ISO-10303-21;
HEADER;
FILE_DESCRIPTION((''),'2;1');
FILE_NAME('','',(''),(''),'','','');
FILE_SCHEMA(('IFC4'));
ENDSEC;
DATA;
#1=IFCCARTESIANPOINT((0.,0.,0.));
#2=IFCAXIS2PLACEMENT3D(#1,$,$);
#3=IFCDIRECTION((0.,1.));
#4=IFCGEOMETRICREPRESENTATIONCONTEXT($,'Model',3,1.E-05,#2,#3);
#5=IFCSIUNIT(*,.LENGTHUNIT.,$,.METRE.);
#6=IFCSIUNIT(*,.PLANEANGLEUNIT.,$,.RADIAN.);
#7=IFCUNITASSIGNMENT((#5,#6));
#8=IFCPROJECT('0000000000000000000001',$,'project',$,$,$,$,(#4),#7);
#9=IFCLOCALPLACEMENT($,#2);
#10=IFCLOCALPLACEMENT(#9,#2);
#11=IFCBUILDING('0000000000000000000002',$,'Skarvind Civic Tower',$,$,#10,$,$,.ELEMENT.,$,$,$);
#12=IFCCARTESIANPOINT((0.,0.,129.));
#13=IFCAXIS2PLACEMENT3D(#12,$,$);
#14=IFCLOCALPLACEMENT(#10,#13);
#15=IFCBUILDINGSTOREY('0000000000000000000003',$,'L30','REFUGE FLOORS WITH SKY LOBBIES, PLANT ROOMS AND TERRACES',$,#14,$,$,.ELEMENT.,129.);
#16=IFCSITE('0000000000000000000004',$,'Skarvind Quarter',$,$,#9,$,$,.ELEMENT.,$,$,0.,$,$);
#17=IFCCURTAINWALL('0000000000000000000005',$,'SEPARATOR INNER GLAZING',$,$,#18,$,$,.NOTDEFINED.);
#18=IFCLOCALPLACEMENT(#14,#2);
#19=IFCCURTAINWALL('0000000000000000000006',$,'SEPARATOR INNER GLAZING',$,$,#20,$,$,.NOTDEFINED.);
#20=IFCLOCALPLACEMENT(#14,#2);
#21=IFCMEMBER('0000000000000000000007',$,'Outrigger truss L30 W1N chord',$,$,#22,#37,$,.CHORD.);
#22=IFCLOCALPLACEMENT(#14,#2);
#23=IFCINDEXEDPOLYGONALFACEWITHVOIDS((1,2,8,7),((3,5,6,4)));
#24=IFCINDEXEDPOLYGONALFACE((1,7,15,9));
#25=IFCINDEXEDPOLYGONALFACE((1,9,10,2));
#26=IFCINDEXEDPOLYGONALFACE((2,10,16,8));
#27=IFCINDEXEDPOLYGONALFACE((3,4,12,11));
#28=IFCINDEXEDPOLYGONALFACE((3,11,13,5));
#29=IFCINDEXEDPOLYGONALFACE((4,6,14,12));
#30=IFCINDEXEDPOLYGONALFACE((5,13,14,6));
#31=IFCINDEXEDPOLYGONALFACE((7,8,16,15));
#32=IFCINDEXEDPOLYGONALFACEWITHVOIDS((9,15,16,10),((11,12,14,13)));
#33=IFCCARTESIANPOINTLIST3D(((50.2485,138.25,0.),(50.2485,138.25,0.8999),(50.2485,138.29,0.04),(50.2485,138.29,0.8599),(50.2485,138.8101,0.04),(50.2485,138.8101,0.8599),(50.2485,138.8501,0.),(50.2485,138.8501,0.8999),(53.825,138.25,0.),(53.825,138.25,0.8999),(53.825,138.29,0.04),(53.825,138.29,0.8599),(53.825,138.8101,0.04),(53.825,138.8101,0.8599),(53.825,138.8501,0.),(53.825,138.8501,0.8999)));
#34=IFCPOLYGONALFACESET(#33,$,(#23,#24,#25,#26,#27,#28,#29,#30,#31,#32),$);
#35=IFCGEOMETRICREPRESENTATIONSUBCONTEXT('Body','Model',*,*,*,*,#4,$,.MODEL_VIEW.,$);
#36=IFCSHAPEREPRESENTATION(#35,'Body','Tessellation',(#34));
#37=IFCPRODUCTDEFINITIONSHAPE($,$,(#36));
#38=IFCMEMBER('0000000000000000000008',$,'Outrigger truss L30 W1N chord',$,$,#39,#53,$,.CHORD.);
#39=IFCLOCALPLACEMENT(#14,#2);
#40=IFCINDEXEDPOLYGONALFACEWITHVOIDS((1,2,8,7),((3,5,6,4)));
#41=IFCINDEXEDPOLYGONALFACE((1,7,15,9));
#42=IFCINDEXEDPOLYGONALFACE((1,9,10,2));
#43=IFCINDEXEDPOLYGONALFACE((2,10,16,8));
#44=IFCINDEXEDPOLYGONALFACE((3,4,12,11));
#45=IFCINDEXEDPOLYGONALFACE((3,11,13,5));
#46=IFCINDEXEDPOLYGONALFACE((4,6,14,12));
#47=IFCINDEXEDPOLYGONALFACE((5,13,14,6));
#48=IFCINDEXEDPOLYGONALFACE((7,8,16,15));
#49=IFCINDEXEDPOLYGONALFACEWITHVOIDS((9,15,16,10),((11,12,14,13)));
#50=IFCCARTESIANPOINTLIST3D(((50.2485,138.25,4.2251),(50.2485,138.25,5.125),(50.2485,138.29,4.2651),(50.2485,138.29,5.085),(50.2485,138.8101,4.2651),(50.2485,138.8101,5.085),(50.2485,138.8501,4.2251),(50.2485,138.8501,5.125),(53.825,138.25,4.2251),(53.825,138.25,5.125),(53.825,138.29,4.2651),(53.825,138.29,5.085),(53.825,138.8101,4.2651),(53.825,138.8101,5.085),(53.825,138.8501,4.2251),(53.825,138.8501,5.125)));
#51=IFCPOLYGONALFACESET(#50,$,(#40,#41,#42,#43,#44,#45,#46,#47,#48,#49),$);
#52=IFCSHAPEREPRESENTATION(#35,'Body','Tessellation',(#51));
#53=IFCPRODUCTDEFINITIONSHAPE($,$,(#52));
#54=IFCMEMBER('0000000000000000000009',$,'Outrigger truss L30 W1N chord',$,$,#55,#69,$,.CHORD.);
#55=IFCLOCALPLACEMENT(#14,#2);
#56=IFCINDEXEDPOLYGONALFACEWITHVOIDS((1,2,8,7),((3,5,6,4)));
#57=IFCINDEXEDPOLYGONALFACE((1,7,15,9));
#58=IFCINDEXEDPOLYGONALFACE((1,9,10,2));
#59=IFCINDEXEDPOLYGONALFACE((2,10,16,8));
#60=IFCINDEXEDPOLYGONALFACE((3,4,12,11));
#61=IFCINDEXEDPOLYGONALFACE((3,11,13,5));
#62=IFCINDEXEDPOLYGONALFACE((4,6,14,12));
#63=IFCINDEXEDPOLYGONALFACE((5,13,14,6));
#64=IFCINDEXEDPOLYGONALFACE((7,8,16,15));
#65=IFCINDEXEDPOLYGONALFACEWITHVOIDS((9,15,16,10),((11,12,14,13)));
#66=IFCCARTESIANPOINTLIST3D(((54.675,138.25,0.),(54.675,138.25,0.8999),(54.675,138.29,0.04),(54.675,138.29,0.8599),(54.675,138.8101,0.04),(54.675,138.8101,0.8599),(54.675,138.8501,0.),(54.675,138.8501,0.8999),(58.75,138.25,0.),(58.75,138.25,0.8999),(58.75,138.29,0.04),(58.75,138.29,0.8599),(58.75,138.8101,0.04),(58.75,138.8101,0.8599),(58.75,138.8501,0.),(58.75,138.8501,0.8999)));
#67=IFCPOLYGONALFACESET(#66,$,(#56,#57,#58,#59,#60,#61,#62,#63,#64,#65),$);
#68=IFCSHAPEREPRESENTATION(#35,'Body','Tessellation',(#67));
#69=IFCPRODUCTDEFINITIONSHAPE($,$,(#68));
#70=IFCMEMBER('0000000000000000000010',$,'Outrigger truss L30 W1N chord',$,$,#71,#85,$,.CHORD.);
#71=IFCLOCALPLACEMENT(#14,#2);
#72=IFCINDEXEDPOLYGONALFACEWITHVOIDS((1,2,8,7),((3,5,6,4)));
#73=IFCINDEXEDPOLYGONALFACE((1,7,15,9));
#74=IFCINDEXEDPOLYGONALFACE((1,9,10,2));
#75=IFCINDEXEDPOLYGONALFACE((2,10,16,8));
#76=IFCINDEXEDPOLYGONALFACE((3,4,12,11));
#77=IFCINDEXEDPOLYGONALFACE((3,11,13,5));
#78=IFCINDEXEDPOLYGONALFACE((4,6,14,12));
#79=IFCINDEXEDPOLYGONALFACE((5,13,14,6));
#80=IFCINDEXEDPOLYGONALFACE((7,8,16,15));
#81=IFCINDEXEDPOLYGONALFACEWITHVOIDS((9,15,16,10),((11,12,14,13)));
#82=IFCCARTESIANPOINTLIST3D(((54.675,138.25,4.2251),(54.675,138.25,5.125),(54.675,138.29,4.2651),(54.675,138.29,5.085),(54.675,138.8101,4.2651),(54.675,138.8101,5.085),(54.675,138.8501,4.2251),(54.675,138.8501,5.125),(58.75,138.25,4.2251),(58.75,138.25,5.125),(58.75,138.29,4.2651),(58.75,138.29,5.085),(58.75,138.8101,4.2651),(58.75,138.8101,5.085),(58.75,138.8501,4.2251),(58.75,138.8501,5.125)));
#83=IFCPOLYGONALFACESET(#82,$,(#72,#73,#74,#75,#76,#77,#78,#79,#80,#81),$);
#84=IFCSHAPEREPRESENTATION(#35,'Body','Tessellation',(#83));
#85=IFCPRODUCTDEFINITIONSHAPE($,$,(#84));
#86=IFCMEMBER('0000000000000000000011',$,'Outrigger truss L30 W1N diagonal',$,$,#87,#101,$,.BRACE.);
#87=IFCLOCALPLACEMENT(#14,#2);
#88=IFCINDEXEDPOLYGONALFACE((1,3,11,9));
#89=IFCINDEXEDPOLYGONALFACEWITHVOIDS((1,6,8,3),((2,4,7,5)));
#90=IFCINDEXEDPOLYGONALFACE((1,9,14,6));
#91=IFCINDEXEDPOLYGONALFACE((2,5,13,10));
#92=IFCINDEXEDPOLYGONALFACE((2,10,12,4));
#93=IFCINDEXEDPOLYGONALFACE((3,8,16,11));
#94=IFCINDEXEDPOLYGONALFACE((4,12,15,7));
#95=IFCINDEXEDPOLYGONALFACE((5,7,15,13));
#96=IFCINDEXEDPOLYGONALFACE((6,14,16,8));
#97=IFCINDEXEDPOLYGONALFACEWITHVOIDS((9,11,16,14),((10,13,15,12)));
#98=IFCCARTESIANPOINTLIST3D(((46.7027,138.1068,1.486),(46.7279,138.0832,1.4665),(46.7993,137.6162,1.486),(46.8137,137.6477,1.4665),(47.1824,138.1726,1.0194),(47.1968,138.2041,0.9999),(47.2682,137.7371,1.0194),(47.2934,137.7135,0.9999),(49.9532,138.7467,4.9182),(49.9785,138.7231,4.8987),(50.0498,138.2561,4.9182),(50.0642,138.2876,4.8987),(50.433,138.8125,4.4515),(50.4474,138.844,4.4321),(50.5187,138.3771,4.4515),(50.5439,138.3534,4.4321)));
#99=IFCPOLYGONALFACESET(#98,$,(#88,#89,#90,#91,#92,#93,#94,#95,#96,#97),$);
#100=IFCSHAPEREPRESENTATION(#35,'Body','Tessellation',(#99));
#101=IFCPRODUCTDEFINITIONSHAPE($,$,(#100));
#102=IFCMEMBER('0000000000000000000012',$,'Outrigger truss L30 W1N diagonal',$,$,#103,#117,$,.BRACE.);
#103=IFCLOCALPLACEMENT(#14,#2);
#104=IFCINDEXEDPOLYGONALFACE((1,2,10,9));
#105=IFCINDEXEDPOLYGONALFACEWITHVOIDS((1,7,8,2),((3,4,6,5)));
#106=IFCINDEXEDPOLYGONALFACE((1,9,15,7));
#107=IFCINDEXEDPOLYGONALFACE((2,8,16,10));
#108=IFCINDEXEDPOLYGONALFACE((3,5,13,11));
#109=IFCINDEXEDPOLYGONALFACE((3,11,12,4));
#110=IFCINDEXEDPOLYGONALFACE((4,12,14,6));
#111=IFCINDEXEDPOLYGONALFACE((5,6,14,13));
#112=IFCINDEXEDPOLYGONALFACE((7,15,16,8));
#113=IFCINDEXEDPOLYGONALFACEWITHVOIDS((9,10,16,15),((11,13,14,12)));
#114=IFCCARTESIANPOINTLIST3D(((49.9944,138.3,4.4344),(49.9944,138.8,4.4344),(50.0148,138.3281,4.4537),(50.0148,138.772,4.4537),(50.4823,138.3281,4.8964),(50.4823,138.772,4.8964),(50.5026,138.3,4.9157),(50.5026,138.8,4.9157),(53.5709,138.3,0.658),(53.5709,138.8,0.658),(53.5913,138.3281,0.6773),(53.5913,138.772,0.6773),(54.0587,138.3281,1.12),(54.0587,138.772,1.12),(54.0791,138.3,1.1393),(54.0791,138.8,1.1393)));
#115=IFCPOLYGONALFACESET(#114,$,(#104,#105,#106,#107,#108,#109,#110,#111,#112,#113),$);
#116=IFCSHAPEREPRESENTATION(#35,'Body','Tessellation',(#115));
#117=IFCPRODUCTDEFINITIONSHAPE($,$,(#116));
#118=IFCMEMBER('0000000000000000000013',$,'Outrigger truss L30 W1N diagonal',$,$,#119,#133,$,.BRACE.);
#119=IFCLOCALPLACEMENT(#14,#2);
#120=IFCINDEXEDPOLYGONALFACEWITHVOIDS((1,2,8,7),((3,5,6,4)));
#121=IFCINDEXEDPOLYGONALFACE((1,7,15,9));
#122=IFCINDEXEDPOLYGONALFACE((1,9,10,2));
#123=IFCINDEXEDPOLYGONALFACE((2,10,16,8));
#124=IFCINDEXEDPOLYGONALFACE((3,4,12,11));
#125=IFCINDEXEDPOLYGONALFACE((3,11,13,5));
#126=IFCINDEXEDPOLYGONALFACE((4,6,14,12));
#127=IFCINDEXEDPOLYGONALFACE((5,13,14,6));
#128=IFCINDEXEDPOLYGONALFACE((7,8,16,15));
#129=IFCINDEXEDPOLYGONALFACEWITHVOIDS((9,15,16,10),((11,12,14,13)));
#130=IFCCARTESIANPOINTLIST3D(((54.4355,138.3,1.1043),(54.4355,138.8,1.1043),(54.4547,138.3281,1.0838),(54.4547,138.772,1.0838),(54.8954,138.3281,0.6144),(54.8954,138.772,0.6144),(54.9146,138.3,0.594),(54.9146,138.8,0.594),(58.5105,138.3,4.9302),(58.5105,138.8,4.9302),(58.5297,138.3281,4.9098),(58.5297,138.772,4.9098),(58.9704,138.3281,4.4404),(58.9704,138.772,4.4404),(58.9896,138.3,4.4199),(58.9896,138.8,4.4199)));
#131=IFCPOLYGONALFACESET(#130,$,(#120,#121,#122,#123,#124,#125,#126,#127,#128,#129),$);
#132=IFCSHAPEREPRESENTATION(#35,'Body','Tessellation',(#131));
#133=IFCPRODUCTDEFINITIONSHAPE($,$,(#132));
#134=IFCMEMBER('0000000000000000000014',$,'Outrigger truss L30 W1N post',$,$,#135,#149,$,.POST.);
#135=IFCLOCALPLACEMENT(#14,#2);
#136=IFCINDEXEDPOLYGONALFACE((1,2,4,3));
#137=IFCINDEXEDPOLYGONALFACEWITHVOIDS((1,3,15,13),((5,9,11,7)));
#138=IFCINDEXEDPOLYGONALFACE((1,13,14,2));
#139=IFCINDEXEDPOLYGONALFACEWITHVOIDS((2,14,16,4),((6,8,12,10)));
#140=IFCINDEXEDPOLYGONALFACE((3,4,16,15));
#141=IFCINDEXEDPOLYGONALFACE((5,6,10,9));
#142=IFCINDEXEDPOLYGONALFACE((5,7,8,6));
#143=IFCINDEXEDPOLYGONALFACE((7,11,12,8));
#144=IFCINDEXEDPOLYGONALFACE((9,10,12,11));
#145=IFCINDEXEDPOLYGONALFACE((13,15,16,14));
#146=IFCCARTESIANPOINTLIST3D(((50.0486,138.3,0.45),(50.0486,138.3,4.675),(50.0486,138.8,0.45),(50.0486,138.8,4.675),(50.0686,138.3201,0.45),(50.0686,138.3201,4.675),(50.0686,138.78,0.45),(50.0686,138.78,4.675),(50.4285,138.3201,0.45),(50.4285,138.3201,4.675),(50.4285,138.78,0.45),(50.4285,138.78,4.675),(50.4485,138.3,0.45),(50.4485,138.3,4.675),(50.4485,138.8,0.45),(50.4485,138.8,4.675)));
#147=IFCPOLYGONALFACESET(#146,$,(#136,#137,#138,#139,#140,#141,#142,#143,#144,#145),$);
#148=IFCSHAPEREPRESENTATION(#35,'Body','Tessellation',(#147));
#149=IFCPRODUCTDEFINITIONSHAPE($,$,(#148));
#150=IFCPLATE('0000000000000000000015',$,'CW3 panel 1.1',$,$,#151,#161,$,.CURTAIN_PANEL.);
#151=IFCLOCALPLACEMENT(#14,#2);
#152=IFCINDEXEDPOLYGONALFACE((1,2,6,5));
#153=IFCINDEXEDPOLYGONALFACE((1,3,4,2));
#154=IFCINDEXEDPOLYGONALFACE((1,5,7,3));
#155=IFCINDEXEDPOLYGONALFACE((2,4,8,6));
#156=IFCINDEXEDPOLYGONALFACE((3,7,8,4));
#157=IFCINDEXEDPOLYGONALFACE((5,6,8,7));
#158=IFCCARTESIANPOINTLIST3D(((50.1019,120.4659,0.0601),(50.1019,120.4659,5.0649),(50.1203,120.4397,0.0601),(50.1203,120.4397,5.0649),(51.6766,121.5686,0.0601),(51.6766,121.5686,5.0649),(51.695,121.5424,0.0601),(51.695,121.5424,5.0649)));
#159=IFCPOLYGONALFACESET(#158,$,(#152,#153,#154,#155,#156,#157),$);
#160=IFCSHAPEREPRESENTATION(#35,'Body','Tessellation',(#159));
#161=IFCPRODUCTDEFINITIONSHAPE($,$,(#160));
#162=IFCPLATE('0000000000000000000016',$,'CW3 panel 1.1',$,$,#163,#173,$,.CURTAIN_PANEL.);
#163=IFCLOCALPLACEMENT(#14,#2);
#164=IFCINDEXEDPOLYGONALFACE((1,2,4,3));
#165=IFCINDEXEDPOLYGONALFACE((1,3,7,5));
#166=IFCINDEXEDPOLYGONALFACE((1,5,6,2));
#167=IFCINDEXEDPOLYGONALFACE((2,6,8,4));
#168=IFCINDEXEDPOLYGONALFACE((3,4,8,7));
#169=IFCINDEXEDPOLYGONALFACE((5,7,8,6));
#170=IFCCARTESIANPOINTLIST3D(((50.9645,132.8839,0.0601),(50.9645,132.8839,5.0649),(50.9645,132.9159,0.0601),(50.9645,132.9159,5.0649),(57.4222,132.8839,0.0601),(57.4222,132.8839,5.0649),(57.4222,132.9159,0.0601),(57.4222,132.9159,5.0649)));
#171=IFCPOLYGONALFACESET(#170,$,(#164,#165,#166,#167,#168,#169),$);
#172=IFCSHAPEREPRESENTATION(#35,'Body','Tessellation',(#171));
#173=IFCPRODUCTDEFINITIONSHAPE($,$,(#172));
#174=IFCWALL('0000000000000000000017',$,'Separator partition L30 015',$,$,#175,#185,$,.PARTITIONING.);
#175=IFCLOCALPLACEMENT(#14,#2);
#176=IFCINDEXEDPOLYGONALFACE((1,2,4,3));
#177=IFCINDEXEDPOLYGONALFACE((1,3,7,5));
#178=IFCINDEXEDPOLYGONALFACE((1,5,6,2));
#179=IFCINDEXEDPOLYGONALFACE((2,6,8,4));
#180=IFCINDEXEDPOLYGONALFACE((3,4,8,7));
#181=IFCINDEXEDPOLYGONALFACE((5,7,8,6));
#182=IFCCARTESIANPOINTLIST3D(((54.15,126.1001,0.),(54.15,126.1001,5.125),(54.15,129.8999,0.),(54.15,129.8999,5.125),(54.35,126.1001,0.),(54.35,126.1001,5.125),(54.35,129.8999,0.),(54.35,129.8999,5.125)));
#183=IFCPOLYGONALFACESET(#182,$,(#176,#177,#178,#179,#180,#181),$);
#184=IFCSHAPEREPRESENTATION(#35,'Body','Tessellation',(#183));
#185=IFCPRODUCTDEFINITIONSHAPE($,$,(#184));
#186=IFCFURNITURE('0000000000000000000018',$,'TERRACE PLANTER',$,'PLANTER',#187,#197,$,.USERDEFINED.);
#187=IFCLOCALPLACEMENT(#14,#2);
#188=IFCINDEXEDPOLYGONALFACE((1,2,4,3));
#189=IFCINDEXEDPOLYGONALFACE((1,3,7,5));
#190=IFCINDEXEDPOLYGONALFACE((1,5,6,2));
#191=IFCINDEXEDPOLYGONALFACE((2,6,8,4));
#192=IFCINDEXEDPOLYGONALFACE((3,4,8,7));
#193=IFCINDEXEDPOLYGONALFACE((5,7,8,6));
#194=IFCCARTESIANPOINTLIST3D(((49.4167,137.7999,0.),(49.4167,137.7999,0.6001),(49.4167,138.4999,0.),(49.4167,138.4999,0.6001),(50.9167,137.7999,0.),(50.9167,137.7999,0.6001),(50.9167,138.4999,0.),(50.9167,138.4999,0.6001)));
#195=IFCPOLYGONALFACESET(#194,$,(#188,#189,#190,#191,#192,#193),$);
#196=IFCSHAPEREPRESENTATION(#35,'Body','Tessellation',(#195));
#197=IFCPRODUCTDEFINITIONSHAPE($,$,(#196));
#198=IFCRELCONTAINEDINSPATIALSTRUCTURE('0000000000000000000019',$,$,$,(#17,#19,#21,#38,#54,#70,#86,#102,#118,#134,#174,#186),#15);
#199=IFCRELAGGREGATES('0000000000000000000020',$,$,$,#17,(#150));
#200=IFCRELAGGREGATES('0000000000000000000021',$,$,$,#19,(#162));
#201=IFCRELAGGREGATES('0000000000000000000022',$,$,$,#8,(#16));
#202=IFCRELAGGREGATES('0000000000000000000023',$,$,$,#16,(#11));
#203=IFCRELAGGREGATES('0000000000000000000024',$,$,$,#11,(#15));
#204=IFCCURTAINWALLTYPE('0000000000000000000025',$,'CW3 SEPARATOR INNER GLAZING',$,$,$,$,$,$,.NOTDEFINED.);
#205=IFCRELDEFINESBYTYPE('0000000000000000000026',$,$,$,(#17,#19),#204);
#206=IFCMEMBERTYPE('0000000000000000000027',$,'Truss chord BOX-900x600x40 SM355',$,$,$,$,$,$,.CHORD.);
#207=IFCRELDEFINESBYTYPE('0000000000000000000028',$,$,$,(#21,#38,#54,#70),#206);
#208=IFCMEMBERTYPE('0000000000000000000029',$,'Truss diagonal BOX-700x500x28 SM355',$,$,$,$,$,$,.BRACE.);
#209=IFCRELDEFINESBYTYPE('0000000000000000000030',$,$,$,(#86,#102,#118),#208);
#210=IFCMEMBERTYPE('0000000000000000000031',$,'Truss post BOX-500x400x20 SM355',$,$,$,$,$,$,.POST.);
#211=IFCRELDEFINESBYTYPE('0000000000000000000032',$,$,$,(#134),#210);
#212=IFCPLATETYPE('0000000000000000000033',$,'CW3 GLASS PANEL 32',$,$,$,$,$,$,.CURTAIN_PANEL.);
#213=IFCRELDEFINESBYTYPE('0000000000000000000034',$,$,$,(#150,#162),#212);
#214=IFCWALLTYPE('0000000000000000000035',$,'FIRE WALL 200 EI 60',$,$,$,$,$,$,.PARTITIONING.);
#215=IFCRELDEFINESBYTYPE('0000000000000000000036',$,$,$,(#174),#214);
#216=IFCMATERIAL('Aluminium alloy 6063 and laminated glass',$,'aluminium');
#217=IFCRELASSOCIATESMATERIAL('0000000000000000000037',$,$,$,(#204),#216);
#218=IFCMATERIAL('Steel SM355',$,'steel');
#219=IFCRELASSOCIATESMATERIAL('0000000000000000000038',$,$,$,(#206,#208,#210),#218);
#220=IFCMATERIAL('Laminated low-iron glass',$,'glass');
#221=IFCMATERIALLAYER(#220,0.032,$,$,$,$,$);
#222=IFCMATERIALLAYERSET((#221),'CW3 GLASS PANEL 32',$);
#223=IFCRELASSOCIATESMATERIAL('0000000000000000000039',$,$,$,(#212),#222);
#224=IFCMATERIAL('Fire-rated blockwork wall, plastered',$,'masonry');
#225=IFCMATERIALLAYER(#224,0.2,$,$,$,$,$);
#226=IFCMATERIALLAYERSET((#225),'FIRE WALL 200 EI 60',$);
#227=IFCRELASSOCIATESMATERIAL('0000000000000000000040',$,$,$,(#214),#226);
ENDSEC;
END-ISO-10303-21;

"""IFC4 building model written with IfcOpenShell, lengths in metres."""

from ifc_helpers import new_model, si_unit, direction, frame, frame_2d, origin, origin_2d, place, context, subcontext, project, spatial, rectangle, hollow_rectangle, extrude, material, layer, layer_set, material_profile, profile_set, type_object, element, aggregate, save


model = new_model("IFC4")

# Units and contexts
model_context = context("Model", 3, precision=1e-05, world=origin(), true_north=direction((0.0, 1.0)))
body_context = subcontext(model_context, "Body", "Model", "MODEL_VIEW")
ifc_project = project(units=[si_unit("LENGTHUNIT", "METRE"), si_unit("PLANEANGLEUNIT", "RADIAN")], contexts=[model_context])

# Site, building, storey
site_placement = place(None, origin())
site = spatial("IfcSite", under=ifc_project, at=site_placement, Name="Skarvind Quarter", CompositionType="ELEMENT", RefElevation=0.0)
building_placement = place(site_placement, origin())
building = spatial("IfcBuilding", under=site, at=building_placement, Name="Skarvind Civic Tower", CompositionType="ELEMENT")
storey_placement = place(building_placement, frame((0.0, 0.0, 129.0)))
storey = spatial("IfcBuildingStorey", under=building, at=storey_placement, Name="L30", Description="REFUGE FLOORS WITH SKY LOBBIES, PLANT ROOMS AND TERRACES", CompositionType="ELEMENT", Elevation=129.0)

# Curtain walls
ifc_material_1 = material(Name="Aluminium alloy 6063 and laminated glass", Category="aluminium")
curtain_wall_type = type_object("IfcCurtainWallType", Name="CW3 SEPARATOR INNER GLAZING", PredefinedType="NOTDEFINED", material=ifc_material_1)
curtain_wall_1_placement = place(storey_placement, origin())
curtain_wall_1 = element("IfcCurtainWall", 1, at=curtain_wall_1_placement, inside=storey, type_object=curtain_wall_type, Name="SEPARATOR INNER GLAZING", PredefinedType="NOTDEFINED")
curtain_wall_2_placement = place(storey_placement, origin())
curtain_wall_2 = element("IfcCurtainWall", 2, at=curtain_wall_2_placement, inside=storey, type_object=curtain_wall_type, Name="SEPARATOR INNER GLAZING", PredefinedType="NOTDEFINED")

# Members
ifc_material_2 = material(Name="Steel SM355", Category="steel")
ifc_material_profile_1 = material_profile(ifc_material_2, hollow_rectangle(XDim=0.6001, YDim=0.8999, WallThickness=0.04, at=origin_2d()), Name="BOX-900x600x40")
ifc_profile_set_1 = profile_set([ifc_material_profile_1], Name="Steel SM355")
member_type_1 = type_object("IfcMemberType", Name="Truss chord BOX-900x600x40 SM355", PredefinedType="CHORD", material=ifc_profile_set_1)
for number, where, z_axis, x_axis, name in (
    (3, (50.2485, 138.55, 0.45), (1.0, 0.0, 0.0), (0.0, 1.0, 0.0), "Outrigger truss L30 W1N chord"),
    (4, (50.2485, 138.55, 4.675), (1.0, 0.0, 0.0), (0.0, 1.0, 0.0), "Outrigger truss L30 W1N chord"),
):
    element("IfcMember", number, at=place(storey_placement, frame(where, z_axis=z_axis, x_axis=x_axis)), inside=storey, type_object=member_type_1, Name=name, PredefinedType="CHORD", context=body_context, shape_type="SweptSolid", body=[
        extrude(hollow_rectangle(XDim=0.6001, YDim=0.8999, WallThickness=0.04, at=origin_2d()), origin(), (0.0, 0.0, 1.0), 3.5764),
    ])
for number, where, z_axis, x_axis, name in (
    (5, (54.675, 138.55, 0.45), (1.0, 0.0, 0.0), (0.0, 1.0, 0.0), "Outrigger truss L30 W1N chord"),
    (6, (54.675, 138.55, 4.675), (1.0, 0.0, 0.0), (0.0, 1.0, 0.0), "Outrigger truss L30 W1N chord"),
):
    element("IfcMember", number, at=place(storey_placement, frame(where, z_axis=z_axis, x_axis=x_axis)), inside=storey, type_object=member_type_1, Name=name, PredefinedType="CHORD", context=body_context, shape_type="SweptSolid", body=[
        extrude(hollow_rectangle(XDim=0.6001, YDim=0.8999, WallThickness=0.04, at=origin_2d()), origin(), (0.0, 0.0, 1.0), 4.075),
    ])
ifc_material_profile_2 = material_profile(ifc_material_2, hollow_rectangle(XDim=0.5, YDim=0.7, WallThickness=0.0281, at=origin_2d()), Name="BOX-700x500x28")
ifc_profile_set_2 = profile_set([ifc_material_profile_2], Name="Steel SM355")
member_type_2 = type_object("IfcMemberType", Name="Truss diagonal BOX-700x500x28 SM355", PredefinedType="BRACE", material=ifc_profile_set_2)
member_1_placement = place(storey_placement, frame((46.998, 137.9102, 1.2429), z_axis=(0.681418, 0.134144, 0.719496), x_axis=(-0.193153, 0.981169, 0.0)))
element("IfcMember", 7, at=member_1_placement, inside=storey, type_object=member_type_2, Name="Outrigger truss L30 W1N diagonal", PredefinedType="BRACE", context=body_context, shape_type="SweptSolid", body=[
    extrude(hollow_rectangle(XDim=0.5, YDim=0.7, WallThickness=0.0281, at=origin_2d()), origin(), (0.0, 0.0, 1.0), 4.7703),
])
member_2_placement = place(storey_placement, frame((50.2485, 138.55, 4.675), z_axis=(0.687624, 0.0, -0.726067), x_axis=(0.0, 1.0, 0.0)))
element("IfcMember", 8, at=member_2_placement, inside=storey, type_object=member_type_2, Name="Outrigger truss L30 W1N diagonal", PredefinedType="BRACE", context=body_context, shape_type="SweptSolid", body=[
    extrude(hollow_rectangle(XDim=0.5, YDim=0.7, WallThickness=0.0281, at=origin_2d()), origin(), (0.0, 0.0, 1.0), 5.2012),
])
member_3_placement = place(storey_placement, frame((54.675, 138.55, 0.8491), z_axis=(0.729032, 0.0, 0.68448), x_axis=(0.0, 1.0, 0.0)))
element("IfcMember", 9, at=member_3_placement, inside=storey, type_object=member_type_2, Name="Outrigger truss L30 W1N diagonal", PredefinedType="BRACE", context=body_context, shape_type="SweptSolid", body=[
    extrude(hollow_rectangle(XDim=0.5, YDim=0.7, WallThickness=0.0281, at=origin_2d()), origin(), (0.0, 0.0, 1.0), 5.5896),
])
ifc_material_profile_3 = material_profile(ifc_material_2, hollow_rectangle(XDim=0.3999, YDim=0.5, WallThickness=0.02, at=origin_2d()), Name="BOX-500x400x20")
ifc_profile_set_3 = profile_set([ifc_material_profile_3], Name="Steel SM355")
member_type_3 = type_object("IfcMemberType", Name="Truss post BOX-500x400x20 SM355", PredefinedType="POST", material=ifc_profile_set_3)
member_4_placement = place(storey_placement, frame((50.2485, 138.55, 0.45), z_axis=(0.0, 0.0, 1.0), x_axis=(1.0, 0.0, 0.0)))
element("IfcMember", 10, at=member_4_placement, inside=storey, type_object=member_type_3, Name="Outrigger truss L30 W1N post", PredefinedType="POST", context=body_context, shape_type="SweptSolid", body=[
    extrude(hollow_rectangle(XDim=0.3999, YDim=0.5, WallThickness=0.02, at=origin_2d()), origin(), (0.0, 0.0, 1.0), 4.2251),
])

# Plates
ifc_material_3 = material(Name="Laminated low-iron glass", Category="glass")
ifc_layer_1 = layer(ifc_material_3, 0.032)
ifc_layer_set_1 = layer_set([ifc_layer_1], Name="CW3 GLASS PANEL 32")
plate_type = type_object("IfcPlateType", Name="CW3 GLASS PANEL 32", PredefinedType="CURTAIN_PANEL", material=ifc_layer_set_1)
plate_1_placement = place(storey_placement, frame((50.8984, 121.0042, 0.0601), z_axis=(0.0, 0.0, 1.0), x_axis=(-0.819147, -0.573584, 0.0)))
plate_1 = element("IfcPlate", 11, at=plate_1_placement, type_object=plate_type, Name="CW3 panel 1.1", PredefinedType="CURTAIN_PANEL", context=body_context, shape_type="SweptSolid", body=[
    extrude(rectangle(XDim=1.9224, YDim=0.032, at=origin_2d()), origin(), (0.0, 0.0, 1.0), 5.0049),
])
aggregate(curtain_wall_1, [plate_1])
plate_2_placement = place(storey_placement, frame((54.1934, 132.8999, 0.0601), z_axis=(0.0, 0.0, 1.0), x_axis=(1.0, 0.0, 0.0)))
plate_2 = element("IfcPlate", 12, at=plate_2_placement, type_object=plate_type, Name="CW3 panel 1.1", PredefinedType="CURTAIN_PANEL", context=body_context, shape_type="SweptSolid", body=[
    extrude(rectangle(XDim=6.4578, YDim=0.032, at=origin_2d()), origin(), (0.0, 0.0, 1.0), 5.0049),
])
aggregate(curtain_wall_2, [plate_2])

# Wall
ifc_material_4 = material(Name="Fire-rated blockwork wall, plastered", Category="masonry")
ifc_layer_2 = layer(ifc_material_4, 0.2)
ifc_layer_set_2 = layer_set([ifc_layer_2], Name="FIRE WALL 200 EI 60")
wall_type_1 = type_object("IfcWallType", Name="FIRE WALL 200 EI 60", PredefinedType="PARTITIONING", material=ifc_layer_set_2)
wall_1_placement = place(storey_placement, frame((54.25, 126.1001, 0.0), z_axis=(0.0, 0.0, 1.0), x_axis=(0.0, 1.0, 0.0)))
element("IfcWall", 13, at=wall_1_placement, inside=storey, type_object=wall_type_1, Name="Separator partition L30 015", PredefinedType="PARTITIONING", context=body_context, shape_type="SweptSolid", body=[
    extrude(rectangle(XDim=3.7998, YDim=0.2, at=frame_2d((1.8999, 0.0))), origin(), (0.0, 0.0, 1.0), 5.125),
])

# Furniture
furniture_placement = place(storey_placement, frame((50.1667, 138.1499, 0.0), z_axis=(0.0, 0.0, 1.0), x_axis=(1.0, 0.0, 0.0)))
element("IfcFurniture", 14, at=furniture_placement, inside=storey, Name="TERRACE PLANTER", ObjectType="PLANTER", PredefinedType="USERDEFINED", context=body_context, shape_type="SweptSolid", body=[
    extrude(rectangle(XDim=1.5, YDim=0.7, at=origin_2d()), origin(), (0.0, 0.0, 1.0), 0.6001),
])

save(model, "model.ifc")
